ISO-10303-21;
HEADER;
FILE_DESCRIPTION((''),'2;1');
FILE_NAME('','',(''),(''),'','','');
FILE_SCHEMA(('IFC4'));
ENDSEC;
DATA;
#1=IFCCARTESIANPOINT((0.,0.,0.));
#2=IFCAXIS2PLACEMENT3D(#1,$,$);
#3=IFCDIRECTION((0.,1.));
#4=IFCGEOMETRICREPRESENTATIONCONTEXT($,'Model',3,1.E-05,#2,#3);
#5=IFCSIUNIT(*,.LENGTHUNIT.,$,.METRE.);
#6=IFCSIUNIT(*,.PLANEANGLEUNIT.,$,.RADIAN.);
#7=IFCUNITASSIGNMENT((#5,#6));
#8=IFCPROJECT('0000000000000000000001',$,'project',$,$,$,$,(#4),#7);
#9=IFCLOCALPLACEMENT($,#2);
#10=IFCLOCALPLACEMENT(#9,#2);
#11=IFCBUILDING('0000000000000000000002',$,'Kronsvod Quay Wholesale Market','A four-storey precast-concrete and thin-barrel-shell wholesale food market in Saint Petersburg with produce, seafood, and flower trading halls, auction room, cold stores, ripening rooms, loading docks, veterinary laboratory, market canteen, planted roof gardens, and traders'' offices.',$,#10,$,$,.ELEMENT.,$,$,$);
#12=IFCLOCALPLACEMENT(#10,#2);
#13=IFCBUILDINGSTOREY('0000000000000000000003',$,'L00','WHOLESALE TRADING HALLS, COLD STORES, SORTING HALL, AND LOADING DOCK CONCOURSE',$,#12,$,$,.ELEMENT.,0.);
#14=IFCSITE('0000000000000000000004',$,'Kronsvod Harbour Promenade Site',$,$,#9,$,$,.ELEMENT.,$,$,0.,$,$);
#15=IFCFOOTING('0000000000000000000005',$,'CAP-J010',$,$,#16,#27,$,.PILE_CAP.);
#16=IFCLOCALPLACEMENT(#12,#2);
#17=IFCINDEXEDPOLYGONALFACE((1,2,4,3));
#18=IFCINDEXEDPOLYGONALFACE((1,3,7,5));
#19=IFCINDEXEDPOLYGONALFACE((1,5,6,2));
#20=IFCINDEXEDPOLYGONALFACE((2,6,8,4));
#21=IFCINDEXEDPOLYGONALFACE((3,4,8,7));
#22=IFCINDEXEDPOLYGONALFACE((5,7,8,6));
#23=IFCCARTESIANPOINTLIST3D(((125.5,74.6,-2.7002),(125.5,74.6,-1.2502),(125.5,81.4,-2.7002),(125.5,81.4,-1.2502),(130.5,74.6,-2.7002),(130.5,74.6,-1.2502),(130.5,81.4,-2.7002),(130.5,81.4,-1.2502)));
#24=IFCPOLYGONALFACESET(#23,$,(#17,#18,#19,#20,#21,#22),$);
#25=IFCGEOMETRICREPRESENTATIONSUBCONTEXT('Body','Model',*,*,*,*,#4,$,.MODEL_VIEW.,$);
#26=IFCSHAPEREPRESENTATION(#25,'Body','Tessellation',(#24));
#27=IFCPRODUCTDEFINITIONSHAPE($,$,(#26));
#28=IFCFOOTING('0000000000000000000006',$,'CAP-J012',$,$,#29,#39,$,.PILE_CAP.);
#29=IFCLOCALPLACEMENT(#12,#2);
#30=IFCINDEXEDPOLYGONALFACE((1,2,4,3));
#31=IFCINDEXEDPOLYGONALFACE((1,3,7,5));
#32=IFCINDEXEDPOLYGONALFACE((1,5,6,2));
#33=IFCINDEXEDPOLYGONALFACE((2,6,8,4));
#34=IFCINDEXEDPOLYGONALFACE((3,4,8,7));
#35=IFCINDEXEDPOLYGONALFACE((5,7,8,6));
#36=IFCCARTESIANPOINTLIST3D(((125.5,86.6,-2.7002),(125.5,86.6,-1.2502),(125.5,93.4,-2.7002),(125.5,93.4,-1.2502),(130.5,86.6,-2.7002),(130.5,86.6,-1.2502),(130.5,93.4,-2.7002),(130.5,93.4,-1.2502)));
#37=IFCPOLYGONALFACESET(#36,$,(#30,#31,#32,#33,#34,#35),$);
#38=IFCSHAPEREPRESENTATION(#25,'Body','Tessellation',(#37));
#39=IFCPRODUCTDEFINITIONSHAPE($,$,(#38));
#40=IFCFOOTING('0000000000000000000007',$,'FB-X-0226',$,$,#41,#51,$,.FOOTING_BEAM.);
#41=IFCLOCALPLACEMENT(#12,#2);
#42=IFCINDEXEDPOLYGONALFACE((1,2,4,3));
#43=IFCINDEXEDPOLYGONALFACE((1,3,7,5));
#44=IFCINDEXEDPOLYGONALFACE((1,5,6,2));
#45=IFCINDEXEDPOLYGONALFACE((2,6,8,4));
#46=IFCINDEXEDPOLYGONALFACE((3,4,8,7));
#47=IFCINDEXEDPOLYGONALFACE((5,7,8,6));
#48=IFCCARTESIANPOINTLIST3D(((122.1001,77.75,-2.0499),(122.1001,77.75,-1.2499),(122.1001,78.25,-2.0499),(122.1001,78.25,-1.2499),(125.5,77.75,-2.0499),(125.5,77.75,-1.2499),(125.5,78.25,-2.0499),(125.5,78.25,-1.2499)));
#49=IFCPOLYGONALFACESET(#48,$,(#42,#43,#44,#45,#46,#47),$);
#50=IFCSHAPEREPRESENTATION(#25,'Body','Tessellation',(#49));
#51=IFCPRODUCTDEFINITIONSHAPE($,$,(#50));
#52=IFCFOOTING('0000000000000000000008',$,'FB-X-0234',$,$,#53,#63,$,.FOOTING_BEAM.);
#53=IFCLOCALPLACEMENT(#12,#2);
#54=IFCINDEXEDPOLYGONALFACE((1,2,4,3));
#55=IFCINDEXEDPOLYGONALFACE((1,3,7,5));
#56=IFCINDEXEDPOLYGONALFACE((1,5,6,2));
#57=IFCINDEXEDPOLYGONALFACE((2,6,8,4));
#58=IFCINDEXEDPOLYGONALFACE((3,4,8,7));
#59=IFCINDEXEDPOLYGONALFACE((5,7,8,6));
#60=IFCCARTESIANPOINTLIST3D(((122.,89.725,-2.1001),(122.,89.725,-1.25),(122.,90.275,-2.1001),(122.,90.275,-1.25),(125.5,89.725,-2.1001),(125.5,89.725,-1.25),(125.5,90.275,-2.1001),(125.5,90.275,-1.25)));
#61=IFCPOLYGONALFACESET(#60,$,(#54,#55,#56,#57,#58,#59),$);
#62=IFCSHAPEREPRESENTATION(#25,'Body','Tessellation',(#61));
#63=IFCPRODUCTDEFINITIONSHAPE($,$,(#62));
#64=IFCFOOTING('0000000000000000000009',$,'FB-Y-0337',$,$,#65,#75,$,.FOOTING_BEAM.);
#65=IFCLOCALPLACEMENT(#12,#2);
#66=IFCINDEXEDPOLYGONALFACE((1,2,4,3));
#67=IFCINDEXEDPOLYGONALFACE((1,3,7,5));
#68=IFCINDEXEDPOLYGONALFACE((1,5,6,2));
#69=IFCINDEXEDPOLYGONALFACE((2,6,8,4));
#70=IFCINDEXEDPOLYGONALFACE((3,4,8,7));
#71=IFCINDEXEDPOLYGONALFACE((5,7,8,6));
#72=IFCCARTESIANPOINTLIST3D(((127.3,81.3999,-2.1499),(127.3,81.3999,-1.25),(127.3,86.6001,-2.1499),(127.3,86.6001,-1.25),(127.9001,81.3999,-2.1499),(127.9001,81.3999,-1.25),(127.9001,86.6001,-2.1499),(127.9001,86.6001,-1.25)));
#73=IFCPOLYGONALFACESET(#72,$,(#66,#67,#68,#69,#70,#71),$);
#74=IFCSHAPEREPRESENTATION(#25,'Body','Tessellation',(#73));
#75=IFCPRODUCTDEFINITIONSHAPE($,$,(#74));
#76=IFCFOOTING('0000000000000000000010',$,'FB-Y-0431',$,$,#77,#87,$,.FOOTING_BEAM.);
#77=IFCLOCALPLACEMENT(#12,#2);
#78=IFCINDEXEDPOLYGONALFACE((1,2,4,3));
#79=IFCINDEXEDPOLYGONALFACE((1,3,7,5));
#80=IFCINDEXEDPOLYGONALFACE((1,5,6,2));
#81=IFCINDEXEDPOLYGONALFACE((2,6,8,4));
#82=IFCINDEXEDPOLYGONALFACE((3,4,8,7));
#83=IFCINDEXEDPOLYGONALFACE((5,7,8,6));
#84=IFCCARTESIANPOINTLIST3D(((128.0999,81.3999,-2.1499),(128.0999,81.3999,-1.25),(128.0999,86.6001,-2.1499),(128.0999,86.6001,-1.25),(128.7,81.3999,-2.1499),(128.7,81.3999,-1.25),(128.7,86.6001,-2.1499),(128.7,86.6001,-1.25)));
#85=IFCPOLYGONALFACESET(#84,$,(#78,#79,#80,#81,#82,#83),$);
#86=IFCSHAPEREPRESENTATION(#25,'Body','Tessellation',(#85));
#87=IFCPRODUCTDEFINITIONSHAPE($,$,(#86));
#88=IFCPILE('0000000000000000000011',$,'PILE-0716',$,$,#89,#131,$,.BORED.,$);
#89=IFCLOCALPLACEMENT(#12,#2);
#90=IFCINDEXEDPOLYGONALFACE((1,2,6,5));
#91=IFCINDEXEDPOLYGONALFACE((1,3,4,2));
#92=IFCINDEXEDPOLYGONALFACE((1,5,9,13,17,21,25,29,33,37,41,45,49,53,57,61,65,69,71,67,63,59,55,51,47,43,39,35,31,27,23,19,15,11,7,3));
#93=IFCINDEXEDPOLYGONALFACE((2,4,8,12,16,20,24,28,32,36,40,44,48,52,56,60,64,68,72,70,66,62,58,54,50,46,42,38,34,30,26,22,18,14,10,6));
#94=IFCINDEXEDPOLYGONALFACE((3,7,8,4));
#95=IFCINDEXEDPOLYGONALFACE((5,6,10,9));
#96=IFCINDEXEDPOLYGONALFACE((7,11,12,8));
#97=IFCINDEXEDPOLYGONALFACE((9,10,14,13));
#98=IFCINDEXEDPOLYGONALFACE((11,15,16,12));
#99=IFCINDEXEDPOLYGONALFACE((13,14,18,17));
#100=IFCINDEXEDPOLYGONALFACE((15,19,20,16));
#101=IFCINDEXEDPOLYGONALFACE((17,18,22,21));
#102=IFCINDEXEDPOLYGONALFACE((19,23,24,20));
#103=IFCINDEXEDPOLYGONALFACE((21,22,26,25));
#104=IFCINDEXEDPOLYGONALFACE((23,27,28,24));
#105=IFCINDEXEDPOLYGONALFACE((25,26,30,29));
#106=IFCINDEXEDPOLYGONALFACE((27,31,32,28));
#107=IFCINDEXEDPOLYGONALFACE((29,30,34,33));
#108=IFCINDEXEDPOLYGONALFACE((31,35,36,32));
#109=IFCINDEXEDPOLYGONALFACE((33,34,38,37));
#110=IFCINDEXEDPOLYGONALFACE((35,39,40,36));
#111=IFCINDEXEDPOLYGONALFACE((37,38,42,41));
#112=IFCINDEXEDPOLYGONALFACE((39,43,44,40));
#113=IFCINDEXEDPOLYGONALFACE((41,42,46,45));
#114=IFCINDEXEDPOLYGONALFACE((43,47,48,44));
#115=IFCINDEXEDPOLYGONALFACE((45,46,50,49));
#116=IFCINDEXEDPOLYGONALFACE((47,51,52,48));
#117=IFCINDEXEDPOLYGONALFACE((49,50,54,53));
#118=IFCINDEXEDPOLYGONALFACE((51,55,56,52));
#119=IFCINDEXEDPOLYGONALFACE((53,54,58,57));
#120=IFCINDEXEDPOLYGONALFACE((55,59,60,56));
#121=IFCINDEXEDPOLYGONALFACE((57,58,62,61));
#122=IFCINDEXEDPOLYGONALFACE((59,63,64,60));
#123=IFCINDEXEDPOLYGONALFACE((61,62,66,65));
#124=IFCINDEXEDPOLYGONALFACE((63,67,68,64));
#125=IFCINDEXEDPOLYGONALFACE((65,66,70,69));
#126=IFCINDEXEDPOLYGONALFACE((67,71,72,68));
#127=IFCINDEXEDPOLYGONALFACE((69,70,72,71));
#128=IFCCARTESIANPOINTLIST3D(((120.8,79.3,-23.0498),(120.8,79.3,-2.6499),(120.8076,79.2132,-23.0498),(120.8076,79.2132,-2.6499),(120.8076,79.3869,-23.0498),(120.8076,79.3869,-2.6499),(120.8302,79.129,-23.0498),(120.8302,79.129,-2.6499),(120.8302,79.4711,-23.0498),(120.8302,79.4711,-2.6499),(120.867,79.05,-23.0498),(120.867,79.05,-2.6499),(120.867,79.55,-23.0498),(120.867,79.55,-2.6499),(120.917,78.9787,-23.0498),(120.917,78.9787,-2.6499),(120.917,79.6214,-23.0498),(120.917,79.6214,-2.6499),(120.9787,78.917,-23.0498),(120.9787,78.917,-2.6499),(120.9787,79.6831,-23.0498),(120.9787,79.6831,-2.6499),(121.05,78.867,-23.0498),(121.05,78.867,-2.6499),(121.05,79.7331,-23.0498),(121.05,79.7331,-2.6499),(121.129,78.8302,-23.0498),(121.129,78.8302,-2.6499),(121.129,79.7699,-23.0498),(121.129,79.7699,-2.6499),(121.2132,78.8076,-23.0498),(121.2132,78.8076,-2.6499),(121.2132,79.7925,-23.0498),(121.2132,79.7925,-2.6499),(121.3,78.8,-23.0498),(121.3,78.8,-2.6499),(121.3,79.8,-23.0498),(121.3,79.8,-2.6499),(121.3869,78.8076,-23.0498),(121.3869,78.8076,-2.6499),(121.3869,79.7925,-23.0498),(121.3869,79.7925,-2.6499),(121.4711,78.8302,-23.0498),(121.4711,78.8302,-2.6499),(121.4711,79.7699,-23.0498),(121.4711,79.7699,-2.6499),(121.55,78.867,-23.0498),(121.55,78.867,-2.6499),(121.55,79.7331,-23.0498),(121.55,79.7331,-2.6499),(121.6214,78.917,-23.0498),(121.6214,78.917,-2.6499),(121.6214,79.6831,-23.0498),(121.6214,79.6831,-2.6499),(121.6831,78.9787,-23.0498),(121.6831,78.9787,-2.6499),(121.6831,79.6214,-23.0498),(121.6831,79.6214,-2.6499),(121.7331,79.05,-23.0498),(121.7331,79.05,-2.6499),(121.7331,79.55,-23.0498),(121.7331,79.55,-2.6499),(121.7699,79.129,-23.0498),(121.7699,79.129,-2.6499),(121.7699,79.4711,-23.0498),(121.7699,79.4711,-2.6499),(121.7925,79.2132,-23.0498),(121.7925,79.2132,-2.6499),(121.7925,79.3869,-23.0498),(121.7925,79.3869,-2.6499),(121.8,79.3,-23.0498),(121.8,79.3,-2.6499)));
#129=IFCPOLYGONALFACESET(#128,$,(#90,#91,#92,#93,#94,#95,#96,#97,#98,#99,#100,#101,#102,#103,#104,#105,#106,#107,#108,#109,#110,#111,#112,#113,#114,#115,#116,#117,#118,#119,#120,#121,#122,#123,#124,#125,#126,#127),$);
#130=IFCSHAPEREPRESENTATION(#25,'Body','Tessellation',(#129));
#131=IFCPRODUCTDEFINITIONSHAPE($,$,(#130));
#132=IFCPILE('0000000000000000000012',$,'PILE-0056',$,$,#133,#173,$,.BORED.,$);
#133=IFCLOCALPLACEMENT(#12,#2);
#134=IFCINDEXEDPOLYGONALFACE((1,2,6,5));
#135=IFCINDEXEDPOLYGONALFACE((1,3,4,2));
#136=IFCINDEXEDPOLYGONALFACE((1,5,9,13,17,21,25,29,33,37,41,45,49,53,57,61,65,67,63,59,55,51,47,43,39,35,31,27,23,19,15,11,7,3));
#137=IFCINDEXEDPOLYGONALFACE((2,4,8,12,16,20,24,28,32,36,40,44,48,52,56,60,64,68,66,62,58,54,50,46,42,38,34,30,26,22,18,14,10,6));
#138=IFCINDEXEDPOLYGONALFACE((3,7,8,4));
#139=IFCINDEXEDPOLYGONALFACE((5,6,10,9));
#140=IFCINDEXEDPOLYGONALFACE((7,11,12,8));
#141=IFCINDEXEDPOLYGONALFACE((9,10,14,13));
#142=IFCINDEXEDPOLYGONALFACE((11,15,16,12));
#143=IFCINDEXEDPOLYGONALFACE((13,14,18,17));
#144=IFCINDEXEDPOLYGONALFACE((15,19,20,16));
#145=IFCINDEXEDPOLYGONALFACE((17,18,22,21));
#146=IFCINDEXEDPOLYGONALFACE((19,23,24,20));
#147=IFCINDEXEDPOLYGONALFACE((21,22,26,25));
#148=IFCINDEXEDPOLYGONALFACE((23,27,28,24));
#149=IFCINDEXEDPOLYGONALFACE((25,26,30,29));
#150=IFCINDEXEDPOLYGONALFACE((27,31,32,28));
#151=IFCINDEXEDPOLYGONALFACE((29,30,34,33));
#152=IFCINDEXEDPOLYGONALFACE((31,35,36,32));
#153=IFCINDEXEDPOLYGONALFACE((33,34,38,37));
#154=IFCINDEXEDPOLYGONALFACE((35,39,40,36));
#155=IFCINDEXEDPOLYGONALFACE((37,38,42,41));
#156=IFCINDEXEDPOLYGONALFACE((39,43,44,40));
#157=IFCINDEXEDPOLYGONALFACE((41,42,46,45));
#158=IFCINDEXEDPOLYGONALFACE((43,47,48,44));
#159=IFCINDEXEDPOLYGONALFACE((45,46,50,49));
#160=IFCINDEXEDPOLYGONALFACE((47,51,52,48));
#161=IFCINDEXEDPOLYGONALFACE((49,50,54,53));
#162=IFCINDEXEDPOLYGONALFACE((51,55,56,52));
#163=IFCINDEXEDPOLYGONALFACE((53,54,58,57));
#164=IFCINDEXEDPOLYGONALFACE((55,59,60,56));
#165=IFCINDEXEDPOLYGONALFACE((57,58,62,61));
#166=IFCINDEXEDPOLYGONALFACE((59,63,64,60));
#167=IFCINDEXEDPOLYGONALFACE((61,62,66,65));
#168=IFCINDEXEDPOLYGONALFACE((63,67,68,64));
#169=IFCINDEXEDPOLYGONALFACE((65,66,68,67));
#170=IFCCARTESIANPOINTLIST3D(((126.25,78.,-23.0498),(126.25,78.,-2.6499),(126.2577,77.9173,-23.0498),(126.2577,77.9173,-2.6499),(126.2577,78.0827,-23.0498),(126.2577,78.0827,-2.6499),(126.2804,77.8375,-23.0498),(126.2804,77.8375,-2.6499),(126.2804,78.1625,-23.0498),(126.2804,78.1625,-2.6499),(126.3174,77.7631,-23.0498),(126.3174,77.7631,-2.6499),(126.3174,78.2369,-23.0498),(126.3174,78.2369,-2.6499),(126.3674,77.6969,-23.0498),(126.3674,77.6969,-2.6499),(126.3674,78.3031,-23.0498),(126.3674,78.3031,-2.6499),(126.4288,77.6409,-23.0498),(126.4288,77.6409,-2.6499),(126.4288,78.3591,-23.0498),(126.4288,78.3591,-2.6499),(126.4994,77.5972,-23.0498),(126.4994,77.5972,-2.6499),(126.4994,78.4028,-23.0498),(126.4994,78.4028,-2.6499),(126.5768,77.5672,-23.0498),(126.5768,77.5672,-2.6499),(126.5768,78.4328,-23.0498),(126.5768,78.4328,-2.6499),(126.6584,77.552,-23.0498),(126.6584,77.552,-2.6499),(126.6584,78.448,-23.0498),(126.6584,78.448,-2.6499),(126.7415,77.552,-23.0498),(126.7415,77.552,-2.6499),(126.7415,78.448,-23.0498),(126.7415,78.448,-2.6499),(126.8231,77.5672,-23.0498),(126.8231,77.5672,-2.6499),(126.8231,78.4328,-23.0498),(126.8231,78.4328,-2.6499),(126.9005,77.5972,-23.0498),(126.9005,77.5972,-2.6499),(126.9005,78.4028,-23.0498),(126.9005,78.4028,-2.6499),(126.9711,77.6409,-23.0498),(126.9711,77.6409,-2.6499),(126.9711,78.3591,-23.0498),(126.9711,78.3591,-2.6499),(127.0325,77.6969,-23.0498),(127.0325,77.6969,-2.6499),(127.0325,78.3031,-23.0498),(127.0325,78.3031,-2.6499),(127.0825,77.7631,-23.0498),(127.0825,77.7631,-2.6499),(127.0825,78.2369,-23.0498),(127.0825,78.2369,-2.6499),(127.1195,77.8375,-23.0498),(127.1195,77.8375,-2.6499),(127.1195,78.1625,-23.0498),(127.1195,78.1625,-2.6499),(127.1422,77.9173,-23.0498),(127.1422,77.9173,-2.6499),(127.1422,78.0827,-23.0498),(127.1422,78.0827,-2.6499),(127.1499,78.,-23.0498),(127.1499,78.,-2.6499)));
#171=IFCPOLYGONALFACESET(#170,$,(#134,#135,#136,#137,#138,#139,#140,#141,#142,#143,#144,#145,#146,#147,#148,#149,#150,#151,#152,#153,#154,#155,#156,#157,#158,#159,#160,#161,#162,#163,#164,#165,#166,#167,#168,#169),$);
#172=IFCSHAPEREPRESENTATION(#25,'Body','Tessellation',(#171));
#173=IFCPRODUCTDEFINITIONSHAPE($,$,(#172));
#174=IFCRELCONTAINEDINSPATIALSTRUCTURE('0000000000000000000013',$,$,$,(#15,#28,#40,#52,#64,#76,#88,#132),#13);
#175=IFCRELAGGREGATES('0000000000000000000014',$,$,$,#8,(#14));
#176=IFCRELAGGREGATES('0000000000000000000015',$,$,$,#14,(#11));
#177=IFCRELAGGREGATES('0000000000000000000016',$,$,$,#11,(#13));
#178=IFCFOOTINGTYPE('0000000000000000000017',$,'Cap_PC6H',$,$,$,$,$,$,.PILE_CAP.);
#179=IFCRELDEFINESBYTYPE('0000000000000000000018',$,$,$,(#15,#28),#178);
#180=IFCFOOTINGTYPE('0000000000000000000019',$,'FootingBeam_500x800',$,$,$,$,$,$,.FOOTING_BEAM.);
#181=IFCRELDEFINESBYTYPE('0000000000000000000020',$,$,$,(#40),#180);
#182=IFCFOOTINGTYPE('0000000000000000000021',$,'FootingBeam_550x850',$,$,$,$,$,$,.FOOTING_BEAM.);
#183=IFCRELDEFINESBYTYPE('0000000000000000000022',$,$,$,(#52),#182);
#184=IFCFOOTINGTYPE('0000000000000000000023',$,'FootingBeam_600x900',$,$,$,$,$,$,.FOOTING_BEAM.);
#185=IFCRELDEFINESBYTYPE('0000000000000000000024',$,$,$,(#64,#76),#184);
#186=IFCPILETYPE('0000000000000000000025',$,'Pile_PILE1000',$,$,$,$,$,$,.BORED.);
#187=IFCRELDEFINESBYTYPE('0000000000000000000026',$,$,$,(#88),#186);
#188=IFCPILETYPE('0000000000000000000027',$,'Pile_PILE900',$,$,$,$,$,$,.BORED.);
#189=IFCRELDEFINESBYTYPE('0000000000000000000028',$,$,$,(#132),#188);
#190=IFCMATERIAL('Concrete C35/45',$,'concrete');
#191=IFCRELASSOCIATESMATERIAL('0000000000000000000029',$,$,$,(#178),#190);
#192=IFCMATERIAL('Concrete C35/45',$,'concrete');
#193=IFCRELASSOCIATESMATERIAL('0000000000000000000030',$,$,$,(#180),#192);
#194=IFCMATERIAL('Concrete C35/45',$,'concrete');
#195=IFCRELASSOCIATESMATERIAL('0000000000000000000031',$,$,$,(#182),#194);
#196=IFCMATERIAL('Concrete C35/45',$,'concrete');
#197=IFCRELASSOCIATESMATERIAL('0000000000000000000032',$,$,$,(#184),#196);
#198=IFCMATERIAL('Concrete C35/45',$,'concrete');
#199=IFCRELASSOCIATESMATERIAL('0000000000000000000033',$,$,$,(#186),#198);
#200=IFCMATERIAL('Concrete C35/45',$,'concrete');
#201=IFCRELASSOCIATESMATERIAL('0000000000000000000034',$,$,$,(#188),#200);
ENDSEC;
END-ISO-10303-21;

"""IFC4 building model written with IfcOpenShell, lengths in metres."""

from ifc_helpers import new_model, si_unit, direction, frame, origin, origin_2d, place, context, subcontext, project, spatial, rectangle, circle, extrude, material, material_profile, profile_set, type_object, element, save


model = new_model("IFC4")

# Units and contexts
model_context = context("Model", 3, precision=1e-05, world=origin(), true_north=direction((0.0, 1.0)))
body_context = subcontext(model_context, "Body", "Model", "MODEL_VIEW")
ifc_project = project(units=[si_unit("LENGTHUNIT", "METRE"), si_unit("PLANEANGLEUNIT", "RADIAN")], contexts=[model_context])

# Site, building, storey
site_placement = place(None, origin())
site = spatial("IfcSite", under=ifc_project, at=site_placement, Name="Kronsvod Harbour Promenade Site", CompositionType="ELEMENT", RefElevation=0.0)
building_placement = place(site_placement, origin())
building = spatial("IfcBuilding", under=site, at=building_placement, Name="Kronsvod Quay Wholesale Market", Description="A four-storey precast-concrete and thin-barrel-shell wholesale food market in Saint Petersburg with produce, seafood, and flower trading halls, auction room, cold stores, ripening rooms, loading docks, veterinary laboratory, market canteen, planted roof gardens, and traders' offices.", CompositionType="ELEMENT")
storey_placement = place(building_placement, origin())
storey = spatial("IfcBuildingStorey", under=building, at=storey_placement, Name="L00", Description="WHOLESALE TRADING HALLS, COLD STORES, SORTING HALL, AND LOADING DOCK CONCOURSE", CompositionType="ELEMENT", Elevation=0.0)

# Footings
ifc_material_1 = material(Name="Concrete C35/45", Category="concrete")
footing_type_1 = type_object("IfcFootingType", Name="Cap_PC6H", PredefinedType="PILE_CAP", material=ifc_material_1)
for number, where, z_axis, x_axis, name in (
    (1, (128.0, 78.0, -2.7002), (0.0, 0.0, 1.0), (1.0, 0.0, 0.0), "CAP-J010"),
    (2, (128.0, 90.0, -2.7002), (0.0, 0.0, 1.0), (1.0, 0.0, 0.0), "CAP-J012"),
):
    element("IfcFooting", number, at=place(storey_placement, frame(where, z_axis=z_axis, x_axis=x_axis)), inside=storey, type_object=footing_type_1, Name=name, PredefinedType="PILE_CAP", context=body_context, shape_type="SweptSolid", body=[
        extrude(rectangle(XDim=5.0, YDim=6.8, at=origin_2d()), origin(), (0.0, 0.0, 1.0), 1.45),
    ])
ifc_material_2 = material(Name="Concrete C35/45", Category="concrete")
ifc_material_profile_1 = material_profile(ifc_material_2, rectangle(XDim=0.5, YDim=0.8, at=origin_2d()), Name="FB-01")
ifc_profile_set_1 = profile_set([ifc_material_profile_1], Name="Concrete C35/45")
footing_type_2 = type_object("IfcFootingType", Name="FootingBeam_500x800", PredefinedType="FOOTING_BEAM", material=ifc_profile_set_1)
footing_1_placement = place(storey_placement, frame((122.1001, 78.0, -1.6499), z_axis=(1.0, 0.0, 0.0), x_axis=(0.0, 1.0, 0.0)))
element("IfcFooting", 3, at=footing_1_placement, inside=storey, type_object=footing_type_2, Name="FB-X-0226", PredefinedType="FOOTING_BEAM", context=body_context, shape_type="SweptSolid", body=[
    extrude(rectangle(XDim=0.5, YDim=0.8, at=origin_2d()), origin(), (0.0, 0.0, 1.0), 3.3999),
])
ifc_material_3 = material(Name="Concrete C35/45", Category="concrete")
ifc_material_profile_2 = material_profile(ifc_material_3, rectangle(XDim=0.55, YDim=0.8501, at=origin_2d()), Name="FB-03")
ifc_profile_set_2 = profile_set([ifc_material_profile_2], Name="Concrete C35/45")
footing_type_3 = type_object("IfcFootingType", Name="FootingBeam_550x850", PredefinedType="FOOTING_BEAM", material=ifc_profile_set_2)
footing_2_placement = place(storey_placement, frame((122.0, 90.0, -1.675), z_axis=(1.0, 0.0, 0.0), x_axis=(0.0, 1.0, 0.0)))
element("IfcFooting", 4, at=footing_2_placement, inside=storey, type_object=footing_type_3, Name="FB-X-0234", PredefinedType="FOOTING_BEAM", context=body_context, shape_type="SweptSolid", body=[
    extrude(rectangle(XDim=0.55, YDim=0.8501, at=origin_2d()), origin(), (0.0, 0.0, 1.0), 3.5),
])
ifc_material_4 = material(Name="Concrete C35/45", Category="concrete")
ifc_material_profile_3 = material_profile(ifc_material_4, rectangle(XDim=0.6001, YDim=0.8999, at=origin_2d()), Name="FB-02")
ifc_profile_set_3 = profile_set([ifc_material_profile_3], Name="Concrete C35/45")
footing_type_4 = type_object("IfcFootingType", Name="FootingBeam_600x900", PredefinedType="FOOTING_BEAM", material=ifc_profile_set_3)
for number, where, z_axis, x_axis, name in (
    (5, (127.6001, 81.3999, -1.7), (0.0, 1.0, 0.0), (-1.0, 0.0, 0.0), "FB-Y-0337"),
    (6, (128.3999, 81.3999, -1.7), (0.0, 1.0, 0.0), (-1.0, 0.0, 0.0), "FB-Y-0431"),
):
    element("IfcFooting", number, at=place(storey_placement, frame(where, z_axis=z_axis, x_axis=x_axis)), inside=storey, type_object=footing_type_4, Name=name, PredefinedType="FOOTING_BEAM", context=body_context, shape_type="SweptSolid", body=[
        extrude(rectangle(XDim=0.6001, YDim=0.8999, at=origin_2d()), origin(), (0.0, 0.0, 1.0), 5.2002),
    ])

# Piles
ifc_material_5 = material(Name="Concrete C35/45", Category="concrete")
ifc_material_profile_4 = material_profile(ifc_material_5, circle(Radius=0.5, at=origin_2d()), Name="PILE1000")
ifc_profile_set_4 = profile_set([ifc_material_profile_4], Name="Concrete C35/45")
pile_type_1 = type_object("IfcPileType", Name="Pile_PILE1000", PredefinedType="BORED", material=ifc_profile_set_4)
pile_placement = place(storey_placement, frame((121.3, 79.3, -2.6499), z_axis=(0.0, 0.0, -1.0), x_axis=(1.0, 0.0, 0.0)))
element("IfcPile", 7, at=pile_placement, inside=storey, type_object=pile_type_1, Name="PILE-0716", PredefinedType="BORED", context=body_context, shape_type="SweptSolid", body=[
    extrude(circle(Radius=0.5, at=origin_2d()), origin(), (0.0, 0.0, 1.0), 20.3999),
])
ifc_material_6 = material(Name="Concrete C35/45", Category="concrete")
ifc_material_profile_5 = material_profile(ifc_material_6, circle(Radius=0.45, at=origin_2d()), Name="PILE900")
ifc_profile_set_5 = profile_set([ifc_material_profile_5], Name="Concrete C35/45")
pile_type_2 = type_object("IfcPileType", Name="Pile_PILE900", PredefinedType="BORED", material=ifc_profile_set_5)
for number, where, z_axis, x_axis, name in (
    (8, (126.7, 78.0, -2.6499), (0.0, 0.0, -1.0), (1.0, 0.0, 0.0), "PILE-0056"),
):
    element("IfcPile", number, at=place(storey_placement, frame(where, z_axis=z_axis, x_axis=x_axis)), inside=storey, type_object=pile_type_2, Name=name, PredefinedType="BORED", context=body_context, shape_type="SweptSolid", body=[
        extrude(circle(Radius=0.45, at=origin_2d()), origin(), (0.0, 0.0, 1.0), 20.3999),
    ])

save(model, "model.ifc")
